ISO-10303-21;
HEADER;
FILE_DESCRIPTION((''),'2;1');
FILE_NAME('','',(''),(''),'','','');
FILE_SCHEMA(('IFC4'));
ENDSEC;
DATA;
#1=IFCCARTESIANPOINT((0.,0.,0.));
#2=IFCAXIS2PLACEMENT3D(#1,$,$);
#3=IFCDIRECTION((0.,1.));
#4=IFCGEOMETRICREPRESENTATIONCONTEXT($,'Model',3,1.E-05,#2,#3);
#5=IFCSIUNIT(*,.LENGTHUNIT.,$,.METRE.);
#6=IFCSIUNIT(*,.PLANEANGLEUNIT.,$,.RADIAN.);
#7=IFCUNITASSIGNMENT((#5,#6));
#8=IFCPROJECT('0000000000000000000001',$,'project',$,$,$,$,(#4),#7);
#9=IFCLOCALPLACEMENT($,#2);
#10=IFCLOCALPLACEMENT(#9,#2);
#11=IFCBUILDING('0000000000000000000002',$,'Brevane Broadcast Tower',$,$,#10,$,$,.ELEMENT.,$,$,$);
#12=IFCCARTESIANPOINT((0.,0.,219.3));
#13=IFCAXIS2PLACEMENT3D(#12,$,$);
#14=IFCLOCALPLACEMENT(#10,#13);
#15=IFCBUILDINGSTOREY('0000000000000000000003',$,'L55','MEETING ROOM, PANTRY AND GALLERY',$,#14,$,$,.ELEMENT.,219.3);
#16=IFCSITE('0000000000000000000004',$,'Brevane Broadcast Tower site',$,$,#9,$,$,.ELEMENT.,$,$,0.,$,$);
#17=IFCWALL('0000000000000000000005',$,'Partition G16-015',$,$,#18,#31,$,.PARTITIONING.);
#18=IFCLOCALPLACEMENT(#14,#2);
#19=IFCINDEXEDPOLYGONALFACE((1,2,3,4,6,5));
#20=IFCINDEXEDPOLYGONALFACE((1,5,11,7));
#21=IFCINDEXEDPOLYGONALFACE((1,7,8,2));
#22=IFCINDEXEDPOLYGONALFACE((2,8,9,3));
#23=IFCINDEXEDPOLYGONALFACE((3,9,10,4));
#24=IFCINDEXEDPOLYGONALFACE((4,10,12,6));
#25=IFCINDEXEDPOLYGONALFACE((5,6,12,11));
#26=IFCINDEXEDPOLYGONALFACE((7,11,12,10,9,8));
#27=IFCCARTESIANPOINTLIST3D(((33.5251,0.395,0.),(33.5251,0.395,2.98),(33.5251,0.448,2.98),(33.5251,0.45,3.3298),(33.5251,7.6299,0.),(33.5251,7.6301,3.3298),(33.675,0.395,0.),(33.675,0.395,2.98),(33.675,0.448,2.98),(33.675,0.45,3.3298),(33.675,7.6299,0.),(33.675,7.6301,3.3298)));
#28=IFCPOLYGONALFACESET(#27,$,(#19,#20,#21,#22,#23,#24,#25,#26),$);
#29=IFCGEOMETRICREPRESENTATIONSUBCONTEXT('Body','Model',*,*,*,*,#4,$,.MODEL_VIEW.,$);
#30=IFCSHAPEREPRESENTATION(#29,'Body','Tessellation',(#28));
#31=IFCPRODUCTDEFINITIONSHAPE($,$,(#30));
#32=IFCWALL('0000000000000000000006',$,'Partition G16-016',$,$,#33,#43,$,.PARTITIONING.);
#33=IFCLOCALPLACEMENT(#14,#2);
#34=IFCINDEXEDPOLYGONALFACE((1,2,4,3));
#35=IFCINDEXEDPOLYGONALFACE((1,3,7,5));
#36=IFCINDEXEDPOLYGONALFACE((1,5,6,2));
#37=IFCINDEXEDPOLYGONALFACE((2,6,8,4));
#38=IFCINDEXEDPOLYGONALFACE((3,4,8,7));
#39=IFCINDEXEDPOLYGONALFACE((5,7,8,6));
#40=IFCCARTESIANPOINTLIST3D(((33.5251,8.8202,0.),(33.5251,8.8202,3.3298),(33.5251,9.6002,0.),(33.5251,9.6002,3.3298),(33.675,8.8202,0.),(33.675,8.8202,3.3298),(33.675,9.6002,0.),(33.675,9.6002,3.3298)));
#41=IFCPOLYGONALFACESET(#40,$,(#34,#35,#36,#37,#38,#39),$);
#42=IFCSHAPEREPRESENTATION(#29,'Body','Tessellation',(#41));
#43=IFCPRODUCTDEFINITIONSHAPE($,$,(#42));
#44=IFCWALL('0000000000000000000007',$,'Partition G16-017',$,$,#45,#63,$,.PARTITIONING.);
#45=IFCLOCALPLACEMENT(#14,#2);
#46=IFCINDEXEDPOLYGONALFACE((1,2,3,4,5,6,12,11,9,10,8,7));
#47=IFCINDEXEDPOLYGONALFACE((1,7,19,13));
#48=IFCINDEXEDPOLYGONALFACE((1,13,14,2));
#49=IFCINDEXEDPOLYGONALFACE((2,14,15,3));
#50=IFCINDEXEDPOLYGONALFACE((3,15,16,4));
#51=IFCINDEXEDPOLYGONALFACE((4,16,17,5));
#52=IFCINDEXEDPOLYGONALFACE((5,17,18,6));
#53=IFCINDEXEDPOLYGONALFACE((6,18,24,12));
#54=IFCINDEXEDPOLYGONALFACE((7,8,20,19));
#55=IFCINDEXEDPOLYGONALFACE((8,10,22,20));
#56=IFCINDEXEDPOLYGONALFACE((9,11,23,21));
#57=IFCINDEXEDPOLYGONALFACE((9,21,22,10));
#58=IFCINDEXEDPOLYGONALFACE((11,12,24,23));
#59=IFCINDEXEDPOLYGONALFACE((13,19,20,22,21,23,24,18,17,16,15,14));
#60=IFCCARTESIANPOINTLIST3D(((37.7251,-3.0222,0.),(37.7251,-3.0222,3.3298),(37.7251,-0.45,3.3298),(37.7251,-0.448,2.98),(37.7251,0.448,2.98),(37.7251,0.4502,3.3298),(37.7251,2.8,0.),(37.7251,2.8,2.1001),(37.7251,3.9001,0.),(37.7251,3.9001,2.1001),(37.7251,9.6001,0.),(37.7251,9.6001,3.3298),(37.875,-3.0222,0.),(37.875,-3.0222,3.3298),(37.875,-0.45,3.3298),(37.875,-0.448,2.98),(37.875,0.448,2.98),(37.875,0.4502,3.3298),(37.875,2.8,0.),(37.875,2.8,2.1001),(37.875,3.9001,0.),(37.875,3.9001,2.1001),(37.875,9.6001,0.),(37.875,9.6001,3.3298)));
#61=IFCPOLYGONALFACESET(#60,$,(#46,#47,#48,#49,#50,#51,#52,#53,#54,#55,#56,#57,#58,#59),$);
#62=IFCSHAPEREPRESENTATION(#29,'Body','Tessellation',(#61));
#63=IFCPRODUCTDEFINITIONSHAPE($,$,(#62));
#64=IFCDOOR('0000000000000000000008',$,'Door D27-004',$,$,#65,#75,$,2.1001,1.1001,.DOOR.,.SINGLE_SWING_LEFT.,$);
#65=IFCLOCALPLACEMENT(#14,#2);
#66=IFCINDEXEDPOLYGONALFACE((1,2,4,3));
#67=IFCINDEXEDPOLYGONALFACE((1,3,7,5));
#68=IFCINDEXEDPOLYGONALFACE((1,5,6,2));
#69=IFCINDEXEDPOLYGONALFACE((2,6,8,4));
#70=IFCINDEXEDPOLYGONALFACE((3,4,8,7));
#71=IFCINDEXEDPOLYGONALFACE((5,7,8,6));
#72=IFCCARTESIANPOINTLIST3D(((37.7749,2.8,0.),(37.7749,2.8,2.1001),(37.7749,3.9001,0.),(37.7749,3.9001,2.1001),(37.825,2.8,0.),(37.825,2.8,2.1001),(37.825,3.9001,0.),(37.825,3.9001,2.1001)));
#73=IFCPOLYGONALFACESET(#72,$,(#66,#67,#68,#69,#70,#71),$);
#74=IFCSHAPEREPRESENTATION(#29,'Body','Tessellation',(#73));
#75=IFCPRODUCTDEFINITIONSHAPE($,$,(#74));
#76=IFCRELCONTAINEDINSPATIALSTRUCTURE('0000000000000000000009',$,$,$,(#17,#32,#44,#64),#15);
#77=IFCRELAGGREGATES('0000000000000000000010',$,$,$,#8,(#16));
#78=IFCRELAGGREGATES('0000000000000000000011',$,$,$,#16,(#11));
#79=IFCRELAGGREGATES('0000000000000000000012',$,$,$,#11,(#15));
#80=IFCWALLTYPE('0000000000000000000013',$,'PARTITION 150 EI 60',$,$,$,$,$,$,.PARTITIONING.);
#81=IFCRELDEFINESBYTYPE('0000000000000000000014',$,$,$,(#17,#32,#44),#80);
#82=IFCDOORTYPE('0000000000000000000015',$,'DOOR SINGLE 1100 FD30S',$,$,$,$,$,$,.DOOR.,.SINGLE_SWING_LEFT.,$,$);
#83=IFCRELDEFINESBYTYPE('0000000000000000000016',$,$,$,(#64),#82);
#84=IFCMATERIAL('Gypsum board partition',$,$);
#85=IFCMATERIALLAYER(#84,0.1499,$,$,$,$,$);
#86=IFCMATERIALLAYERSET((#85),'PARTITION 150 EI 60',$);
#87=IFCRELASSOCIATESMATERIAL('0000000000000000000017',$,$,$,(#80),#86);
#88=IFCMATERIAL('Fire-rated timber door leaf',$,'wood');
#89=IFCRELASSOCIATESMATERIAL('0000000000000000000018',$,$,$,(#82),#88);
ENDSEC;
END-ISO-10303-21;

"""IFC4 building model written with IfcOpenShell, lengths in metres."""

from ifc_helpers import new_model, si_unit, direction, frame, frame_2d, origin, place, context, subcontext, project, spatial, polyline, rectangle, outline, extrude, material, layer, layer_set, type_object, element, fill, save


model = new_model("IFC4")

# Units and contexts
model_context = context("Model", 3, precision=1e-05, world=origin(), true_north=direction((0.0, 1.0)))
body_context = subcontext(model_context, "Body", "Model", "MODEL_VIEW")
ifc_project = project(units=[si_unit("LENGTHUNIT", "METRE"), si_unit("PLANEANGLEUNIT", "RADIAN")], contexts=[model_context])

# Site, building, storey
site_placement = place(None, origin())
site = spatial("IfcSite", under=ifc_project, at=site_placement, Name="Brevane Broadcast Tower site", CompositionType="ELEMENT", RefElevation=0.0)
building_placement = place(site_placement, origin())
building = spatial("IfcBuilding", under=site, at=building_placement, Name="Brevane Broadcast Tower", CompositionType="ELEMENT")
storey_placement = place(building_placement, frame((0.0, 0.0, 219.3)))
storey = spatial("IfcBuildingStorey", under=building, at=storey_placement, Name="L55", Description="MEETING ROOM, PANTRY AND GALLERY", CompositionType="ELEMENT", Elevation=219.3)

# Shared definitions
ifc_material_1 = material(Name="Gypsum board partition")

# Shared definitions
ifc_layer_1 = layer(ifc_material_1, 0.1499)
ifc_layer_set_1 = layer_set([ifc_layer_1], Name="PARTITION 150 EI 60")
wall_type_1 = type_object("IfcWallType", Name="PARTITION 150 EI 60", PredefinedType="PARTITIONING", material=ifc_layer_set_1)
ifc_material_2 = material(Name="Fire-rated timber door leaf", Category="wood")

# Shared definitions
door_type_1 = type_object("IfcDoorType", Name="DOOR SINGLE 1100 FD30S", OperationType="SINGLE_SWING_LEFT", PredefinedType="DOOR", material=ifc_material_2)

# Walls
wall_1_placement = place(storey_placement, frame((33.6001, 0.395, 0.0), z_axis=(0.0, 0.0, 1.0), x_axis=(0.0, 1.0, 0.0)))
element("IfcWall", 1, at=wall_1_placement, inside=storey, type_object=wall_type_1, Name="Partition G16-015", PredefinedType="PARTITIONING", context=body_context, shape_type="SweptSolid", body=[
    extrude(outline(polyline([(0.0, 0.0), (7.2349, 0.0), (7.2351, 3.3298), (0.0549, 3.3298), (0.053, 2.98), (0.0, 2.98), (0.0, 0.0)])), frame((0.0, 0.075, 0.0), z_axis=(0.0, -1.0, 0.0), x_axis=(1.0, 0.0, 0.0)), (0.0, 0.0, 1.0), 0.1499),
])
wall_2_placement = place(storey_placement, frame((33.6001, 8.8201, 0.0), z_axis=(0.0, 0.0, 1.0), x_axis=(0.0, 1.0, 0.0)))
element("IfcWall", 2, at=wall_2_placement, inside=storey, type_object=wall_type_1, Name="Partition G16-016", PredefinedType="PARTITIONING", context=body_context, shape_type="SweptSolid", body=[
    extrude(rectangle(XDim=0.78, YDim=0.1499, at=frame_2d((0.3901, 0.0))), origin(), (0.0, 0.0, 1.0), 3.3298),
])

# Wall, opening, door
wall_3_placement = place(storey_placement, frame((37.8, 9.6001, 0.0), z_axis=(0.0, 0.0, 1.0), x_axis=(0.0, -1.0, 0.0)))
wall_3 = element("IfcWall", 3, at=wall_3_placement, inside=storey, type_object=wall_type_1, Name="Partition G16-017", PredefinedType="PARTITIONING", context=body_context, shape_type="SweptSolid", body=[
    extrude(outline(polyline([(0.0, 0.0), (12.6223, 0.0), (12.6223, 3.3298), (10.05, 3.3298), (10.0481, 2.98), (9.1521, 2.98), (9.1499, 3.3298), (0.0, 3.3298), (0.0, 0.0)])), frame((0.0, 0.075, 0.0), z_axis=(0.0, -1.0, 0.0), x_axis=(1.0, 0.0, 0.0)), (0.0, 0.0, 1.0), 0.1499),
])
opening_1_placement = place(wall_3_placement, frame((5.7, 0.0, 0.0)))
opening_1 = element("IfcOpeningElement", 4, at=opening_1_placement, cuts=wall_3, PredefinedType="OPENING", context=body_context, shape_type="SweptSolid", body=[
    extrude(rectangle(XDim=1.1001, YDim=2.1001, at=frame_2d((0.55, 1.05))), frame((0.0, 0.085, 0.0), z_axis=(0.0, -1.0, 0.0), x_axis=(1.0, 0.0, 0.0)), (0.0, 0.0, 1.0), 0.1699),
])
door_1_placement = place(opening_1_placement, origin())
door_1 = element("IfcDoor", 5, at=door_1_placement, inside=storey, type_object=door_type_1, Name="Door D27-004", OperationType="SINGLE_SWING_LEFT", OverallHeight=2.1001, OverallWidth=1.1001, PredefinedType="DOOR", context=body_context, shape_type="SweptSolid", body=[
    extrude(rectangle(XDim=1.1001, YDim=2.1001, at=frame_2d((0.55, 1.05))), frame((0.0, 0.0249, 0.0), z_axis=(0.0, -1.0, 0.0), x_axis=(1.0, 0.0, 0.0)), (0.0, 0.0, 1.0), 0.05),
])
fill(opening_1, door_1)

save(model, "model.ifc")
